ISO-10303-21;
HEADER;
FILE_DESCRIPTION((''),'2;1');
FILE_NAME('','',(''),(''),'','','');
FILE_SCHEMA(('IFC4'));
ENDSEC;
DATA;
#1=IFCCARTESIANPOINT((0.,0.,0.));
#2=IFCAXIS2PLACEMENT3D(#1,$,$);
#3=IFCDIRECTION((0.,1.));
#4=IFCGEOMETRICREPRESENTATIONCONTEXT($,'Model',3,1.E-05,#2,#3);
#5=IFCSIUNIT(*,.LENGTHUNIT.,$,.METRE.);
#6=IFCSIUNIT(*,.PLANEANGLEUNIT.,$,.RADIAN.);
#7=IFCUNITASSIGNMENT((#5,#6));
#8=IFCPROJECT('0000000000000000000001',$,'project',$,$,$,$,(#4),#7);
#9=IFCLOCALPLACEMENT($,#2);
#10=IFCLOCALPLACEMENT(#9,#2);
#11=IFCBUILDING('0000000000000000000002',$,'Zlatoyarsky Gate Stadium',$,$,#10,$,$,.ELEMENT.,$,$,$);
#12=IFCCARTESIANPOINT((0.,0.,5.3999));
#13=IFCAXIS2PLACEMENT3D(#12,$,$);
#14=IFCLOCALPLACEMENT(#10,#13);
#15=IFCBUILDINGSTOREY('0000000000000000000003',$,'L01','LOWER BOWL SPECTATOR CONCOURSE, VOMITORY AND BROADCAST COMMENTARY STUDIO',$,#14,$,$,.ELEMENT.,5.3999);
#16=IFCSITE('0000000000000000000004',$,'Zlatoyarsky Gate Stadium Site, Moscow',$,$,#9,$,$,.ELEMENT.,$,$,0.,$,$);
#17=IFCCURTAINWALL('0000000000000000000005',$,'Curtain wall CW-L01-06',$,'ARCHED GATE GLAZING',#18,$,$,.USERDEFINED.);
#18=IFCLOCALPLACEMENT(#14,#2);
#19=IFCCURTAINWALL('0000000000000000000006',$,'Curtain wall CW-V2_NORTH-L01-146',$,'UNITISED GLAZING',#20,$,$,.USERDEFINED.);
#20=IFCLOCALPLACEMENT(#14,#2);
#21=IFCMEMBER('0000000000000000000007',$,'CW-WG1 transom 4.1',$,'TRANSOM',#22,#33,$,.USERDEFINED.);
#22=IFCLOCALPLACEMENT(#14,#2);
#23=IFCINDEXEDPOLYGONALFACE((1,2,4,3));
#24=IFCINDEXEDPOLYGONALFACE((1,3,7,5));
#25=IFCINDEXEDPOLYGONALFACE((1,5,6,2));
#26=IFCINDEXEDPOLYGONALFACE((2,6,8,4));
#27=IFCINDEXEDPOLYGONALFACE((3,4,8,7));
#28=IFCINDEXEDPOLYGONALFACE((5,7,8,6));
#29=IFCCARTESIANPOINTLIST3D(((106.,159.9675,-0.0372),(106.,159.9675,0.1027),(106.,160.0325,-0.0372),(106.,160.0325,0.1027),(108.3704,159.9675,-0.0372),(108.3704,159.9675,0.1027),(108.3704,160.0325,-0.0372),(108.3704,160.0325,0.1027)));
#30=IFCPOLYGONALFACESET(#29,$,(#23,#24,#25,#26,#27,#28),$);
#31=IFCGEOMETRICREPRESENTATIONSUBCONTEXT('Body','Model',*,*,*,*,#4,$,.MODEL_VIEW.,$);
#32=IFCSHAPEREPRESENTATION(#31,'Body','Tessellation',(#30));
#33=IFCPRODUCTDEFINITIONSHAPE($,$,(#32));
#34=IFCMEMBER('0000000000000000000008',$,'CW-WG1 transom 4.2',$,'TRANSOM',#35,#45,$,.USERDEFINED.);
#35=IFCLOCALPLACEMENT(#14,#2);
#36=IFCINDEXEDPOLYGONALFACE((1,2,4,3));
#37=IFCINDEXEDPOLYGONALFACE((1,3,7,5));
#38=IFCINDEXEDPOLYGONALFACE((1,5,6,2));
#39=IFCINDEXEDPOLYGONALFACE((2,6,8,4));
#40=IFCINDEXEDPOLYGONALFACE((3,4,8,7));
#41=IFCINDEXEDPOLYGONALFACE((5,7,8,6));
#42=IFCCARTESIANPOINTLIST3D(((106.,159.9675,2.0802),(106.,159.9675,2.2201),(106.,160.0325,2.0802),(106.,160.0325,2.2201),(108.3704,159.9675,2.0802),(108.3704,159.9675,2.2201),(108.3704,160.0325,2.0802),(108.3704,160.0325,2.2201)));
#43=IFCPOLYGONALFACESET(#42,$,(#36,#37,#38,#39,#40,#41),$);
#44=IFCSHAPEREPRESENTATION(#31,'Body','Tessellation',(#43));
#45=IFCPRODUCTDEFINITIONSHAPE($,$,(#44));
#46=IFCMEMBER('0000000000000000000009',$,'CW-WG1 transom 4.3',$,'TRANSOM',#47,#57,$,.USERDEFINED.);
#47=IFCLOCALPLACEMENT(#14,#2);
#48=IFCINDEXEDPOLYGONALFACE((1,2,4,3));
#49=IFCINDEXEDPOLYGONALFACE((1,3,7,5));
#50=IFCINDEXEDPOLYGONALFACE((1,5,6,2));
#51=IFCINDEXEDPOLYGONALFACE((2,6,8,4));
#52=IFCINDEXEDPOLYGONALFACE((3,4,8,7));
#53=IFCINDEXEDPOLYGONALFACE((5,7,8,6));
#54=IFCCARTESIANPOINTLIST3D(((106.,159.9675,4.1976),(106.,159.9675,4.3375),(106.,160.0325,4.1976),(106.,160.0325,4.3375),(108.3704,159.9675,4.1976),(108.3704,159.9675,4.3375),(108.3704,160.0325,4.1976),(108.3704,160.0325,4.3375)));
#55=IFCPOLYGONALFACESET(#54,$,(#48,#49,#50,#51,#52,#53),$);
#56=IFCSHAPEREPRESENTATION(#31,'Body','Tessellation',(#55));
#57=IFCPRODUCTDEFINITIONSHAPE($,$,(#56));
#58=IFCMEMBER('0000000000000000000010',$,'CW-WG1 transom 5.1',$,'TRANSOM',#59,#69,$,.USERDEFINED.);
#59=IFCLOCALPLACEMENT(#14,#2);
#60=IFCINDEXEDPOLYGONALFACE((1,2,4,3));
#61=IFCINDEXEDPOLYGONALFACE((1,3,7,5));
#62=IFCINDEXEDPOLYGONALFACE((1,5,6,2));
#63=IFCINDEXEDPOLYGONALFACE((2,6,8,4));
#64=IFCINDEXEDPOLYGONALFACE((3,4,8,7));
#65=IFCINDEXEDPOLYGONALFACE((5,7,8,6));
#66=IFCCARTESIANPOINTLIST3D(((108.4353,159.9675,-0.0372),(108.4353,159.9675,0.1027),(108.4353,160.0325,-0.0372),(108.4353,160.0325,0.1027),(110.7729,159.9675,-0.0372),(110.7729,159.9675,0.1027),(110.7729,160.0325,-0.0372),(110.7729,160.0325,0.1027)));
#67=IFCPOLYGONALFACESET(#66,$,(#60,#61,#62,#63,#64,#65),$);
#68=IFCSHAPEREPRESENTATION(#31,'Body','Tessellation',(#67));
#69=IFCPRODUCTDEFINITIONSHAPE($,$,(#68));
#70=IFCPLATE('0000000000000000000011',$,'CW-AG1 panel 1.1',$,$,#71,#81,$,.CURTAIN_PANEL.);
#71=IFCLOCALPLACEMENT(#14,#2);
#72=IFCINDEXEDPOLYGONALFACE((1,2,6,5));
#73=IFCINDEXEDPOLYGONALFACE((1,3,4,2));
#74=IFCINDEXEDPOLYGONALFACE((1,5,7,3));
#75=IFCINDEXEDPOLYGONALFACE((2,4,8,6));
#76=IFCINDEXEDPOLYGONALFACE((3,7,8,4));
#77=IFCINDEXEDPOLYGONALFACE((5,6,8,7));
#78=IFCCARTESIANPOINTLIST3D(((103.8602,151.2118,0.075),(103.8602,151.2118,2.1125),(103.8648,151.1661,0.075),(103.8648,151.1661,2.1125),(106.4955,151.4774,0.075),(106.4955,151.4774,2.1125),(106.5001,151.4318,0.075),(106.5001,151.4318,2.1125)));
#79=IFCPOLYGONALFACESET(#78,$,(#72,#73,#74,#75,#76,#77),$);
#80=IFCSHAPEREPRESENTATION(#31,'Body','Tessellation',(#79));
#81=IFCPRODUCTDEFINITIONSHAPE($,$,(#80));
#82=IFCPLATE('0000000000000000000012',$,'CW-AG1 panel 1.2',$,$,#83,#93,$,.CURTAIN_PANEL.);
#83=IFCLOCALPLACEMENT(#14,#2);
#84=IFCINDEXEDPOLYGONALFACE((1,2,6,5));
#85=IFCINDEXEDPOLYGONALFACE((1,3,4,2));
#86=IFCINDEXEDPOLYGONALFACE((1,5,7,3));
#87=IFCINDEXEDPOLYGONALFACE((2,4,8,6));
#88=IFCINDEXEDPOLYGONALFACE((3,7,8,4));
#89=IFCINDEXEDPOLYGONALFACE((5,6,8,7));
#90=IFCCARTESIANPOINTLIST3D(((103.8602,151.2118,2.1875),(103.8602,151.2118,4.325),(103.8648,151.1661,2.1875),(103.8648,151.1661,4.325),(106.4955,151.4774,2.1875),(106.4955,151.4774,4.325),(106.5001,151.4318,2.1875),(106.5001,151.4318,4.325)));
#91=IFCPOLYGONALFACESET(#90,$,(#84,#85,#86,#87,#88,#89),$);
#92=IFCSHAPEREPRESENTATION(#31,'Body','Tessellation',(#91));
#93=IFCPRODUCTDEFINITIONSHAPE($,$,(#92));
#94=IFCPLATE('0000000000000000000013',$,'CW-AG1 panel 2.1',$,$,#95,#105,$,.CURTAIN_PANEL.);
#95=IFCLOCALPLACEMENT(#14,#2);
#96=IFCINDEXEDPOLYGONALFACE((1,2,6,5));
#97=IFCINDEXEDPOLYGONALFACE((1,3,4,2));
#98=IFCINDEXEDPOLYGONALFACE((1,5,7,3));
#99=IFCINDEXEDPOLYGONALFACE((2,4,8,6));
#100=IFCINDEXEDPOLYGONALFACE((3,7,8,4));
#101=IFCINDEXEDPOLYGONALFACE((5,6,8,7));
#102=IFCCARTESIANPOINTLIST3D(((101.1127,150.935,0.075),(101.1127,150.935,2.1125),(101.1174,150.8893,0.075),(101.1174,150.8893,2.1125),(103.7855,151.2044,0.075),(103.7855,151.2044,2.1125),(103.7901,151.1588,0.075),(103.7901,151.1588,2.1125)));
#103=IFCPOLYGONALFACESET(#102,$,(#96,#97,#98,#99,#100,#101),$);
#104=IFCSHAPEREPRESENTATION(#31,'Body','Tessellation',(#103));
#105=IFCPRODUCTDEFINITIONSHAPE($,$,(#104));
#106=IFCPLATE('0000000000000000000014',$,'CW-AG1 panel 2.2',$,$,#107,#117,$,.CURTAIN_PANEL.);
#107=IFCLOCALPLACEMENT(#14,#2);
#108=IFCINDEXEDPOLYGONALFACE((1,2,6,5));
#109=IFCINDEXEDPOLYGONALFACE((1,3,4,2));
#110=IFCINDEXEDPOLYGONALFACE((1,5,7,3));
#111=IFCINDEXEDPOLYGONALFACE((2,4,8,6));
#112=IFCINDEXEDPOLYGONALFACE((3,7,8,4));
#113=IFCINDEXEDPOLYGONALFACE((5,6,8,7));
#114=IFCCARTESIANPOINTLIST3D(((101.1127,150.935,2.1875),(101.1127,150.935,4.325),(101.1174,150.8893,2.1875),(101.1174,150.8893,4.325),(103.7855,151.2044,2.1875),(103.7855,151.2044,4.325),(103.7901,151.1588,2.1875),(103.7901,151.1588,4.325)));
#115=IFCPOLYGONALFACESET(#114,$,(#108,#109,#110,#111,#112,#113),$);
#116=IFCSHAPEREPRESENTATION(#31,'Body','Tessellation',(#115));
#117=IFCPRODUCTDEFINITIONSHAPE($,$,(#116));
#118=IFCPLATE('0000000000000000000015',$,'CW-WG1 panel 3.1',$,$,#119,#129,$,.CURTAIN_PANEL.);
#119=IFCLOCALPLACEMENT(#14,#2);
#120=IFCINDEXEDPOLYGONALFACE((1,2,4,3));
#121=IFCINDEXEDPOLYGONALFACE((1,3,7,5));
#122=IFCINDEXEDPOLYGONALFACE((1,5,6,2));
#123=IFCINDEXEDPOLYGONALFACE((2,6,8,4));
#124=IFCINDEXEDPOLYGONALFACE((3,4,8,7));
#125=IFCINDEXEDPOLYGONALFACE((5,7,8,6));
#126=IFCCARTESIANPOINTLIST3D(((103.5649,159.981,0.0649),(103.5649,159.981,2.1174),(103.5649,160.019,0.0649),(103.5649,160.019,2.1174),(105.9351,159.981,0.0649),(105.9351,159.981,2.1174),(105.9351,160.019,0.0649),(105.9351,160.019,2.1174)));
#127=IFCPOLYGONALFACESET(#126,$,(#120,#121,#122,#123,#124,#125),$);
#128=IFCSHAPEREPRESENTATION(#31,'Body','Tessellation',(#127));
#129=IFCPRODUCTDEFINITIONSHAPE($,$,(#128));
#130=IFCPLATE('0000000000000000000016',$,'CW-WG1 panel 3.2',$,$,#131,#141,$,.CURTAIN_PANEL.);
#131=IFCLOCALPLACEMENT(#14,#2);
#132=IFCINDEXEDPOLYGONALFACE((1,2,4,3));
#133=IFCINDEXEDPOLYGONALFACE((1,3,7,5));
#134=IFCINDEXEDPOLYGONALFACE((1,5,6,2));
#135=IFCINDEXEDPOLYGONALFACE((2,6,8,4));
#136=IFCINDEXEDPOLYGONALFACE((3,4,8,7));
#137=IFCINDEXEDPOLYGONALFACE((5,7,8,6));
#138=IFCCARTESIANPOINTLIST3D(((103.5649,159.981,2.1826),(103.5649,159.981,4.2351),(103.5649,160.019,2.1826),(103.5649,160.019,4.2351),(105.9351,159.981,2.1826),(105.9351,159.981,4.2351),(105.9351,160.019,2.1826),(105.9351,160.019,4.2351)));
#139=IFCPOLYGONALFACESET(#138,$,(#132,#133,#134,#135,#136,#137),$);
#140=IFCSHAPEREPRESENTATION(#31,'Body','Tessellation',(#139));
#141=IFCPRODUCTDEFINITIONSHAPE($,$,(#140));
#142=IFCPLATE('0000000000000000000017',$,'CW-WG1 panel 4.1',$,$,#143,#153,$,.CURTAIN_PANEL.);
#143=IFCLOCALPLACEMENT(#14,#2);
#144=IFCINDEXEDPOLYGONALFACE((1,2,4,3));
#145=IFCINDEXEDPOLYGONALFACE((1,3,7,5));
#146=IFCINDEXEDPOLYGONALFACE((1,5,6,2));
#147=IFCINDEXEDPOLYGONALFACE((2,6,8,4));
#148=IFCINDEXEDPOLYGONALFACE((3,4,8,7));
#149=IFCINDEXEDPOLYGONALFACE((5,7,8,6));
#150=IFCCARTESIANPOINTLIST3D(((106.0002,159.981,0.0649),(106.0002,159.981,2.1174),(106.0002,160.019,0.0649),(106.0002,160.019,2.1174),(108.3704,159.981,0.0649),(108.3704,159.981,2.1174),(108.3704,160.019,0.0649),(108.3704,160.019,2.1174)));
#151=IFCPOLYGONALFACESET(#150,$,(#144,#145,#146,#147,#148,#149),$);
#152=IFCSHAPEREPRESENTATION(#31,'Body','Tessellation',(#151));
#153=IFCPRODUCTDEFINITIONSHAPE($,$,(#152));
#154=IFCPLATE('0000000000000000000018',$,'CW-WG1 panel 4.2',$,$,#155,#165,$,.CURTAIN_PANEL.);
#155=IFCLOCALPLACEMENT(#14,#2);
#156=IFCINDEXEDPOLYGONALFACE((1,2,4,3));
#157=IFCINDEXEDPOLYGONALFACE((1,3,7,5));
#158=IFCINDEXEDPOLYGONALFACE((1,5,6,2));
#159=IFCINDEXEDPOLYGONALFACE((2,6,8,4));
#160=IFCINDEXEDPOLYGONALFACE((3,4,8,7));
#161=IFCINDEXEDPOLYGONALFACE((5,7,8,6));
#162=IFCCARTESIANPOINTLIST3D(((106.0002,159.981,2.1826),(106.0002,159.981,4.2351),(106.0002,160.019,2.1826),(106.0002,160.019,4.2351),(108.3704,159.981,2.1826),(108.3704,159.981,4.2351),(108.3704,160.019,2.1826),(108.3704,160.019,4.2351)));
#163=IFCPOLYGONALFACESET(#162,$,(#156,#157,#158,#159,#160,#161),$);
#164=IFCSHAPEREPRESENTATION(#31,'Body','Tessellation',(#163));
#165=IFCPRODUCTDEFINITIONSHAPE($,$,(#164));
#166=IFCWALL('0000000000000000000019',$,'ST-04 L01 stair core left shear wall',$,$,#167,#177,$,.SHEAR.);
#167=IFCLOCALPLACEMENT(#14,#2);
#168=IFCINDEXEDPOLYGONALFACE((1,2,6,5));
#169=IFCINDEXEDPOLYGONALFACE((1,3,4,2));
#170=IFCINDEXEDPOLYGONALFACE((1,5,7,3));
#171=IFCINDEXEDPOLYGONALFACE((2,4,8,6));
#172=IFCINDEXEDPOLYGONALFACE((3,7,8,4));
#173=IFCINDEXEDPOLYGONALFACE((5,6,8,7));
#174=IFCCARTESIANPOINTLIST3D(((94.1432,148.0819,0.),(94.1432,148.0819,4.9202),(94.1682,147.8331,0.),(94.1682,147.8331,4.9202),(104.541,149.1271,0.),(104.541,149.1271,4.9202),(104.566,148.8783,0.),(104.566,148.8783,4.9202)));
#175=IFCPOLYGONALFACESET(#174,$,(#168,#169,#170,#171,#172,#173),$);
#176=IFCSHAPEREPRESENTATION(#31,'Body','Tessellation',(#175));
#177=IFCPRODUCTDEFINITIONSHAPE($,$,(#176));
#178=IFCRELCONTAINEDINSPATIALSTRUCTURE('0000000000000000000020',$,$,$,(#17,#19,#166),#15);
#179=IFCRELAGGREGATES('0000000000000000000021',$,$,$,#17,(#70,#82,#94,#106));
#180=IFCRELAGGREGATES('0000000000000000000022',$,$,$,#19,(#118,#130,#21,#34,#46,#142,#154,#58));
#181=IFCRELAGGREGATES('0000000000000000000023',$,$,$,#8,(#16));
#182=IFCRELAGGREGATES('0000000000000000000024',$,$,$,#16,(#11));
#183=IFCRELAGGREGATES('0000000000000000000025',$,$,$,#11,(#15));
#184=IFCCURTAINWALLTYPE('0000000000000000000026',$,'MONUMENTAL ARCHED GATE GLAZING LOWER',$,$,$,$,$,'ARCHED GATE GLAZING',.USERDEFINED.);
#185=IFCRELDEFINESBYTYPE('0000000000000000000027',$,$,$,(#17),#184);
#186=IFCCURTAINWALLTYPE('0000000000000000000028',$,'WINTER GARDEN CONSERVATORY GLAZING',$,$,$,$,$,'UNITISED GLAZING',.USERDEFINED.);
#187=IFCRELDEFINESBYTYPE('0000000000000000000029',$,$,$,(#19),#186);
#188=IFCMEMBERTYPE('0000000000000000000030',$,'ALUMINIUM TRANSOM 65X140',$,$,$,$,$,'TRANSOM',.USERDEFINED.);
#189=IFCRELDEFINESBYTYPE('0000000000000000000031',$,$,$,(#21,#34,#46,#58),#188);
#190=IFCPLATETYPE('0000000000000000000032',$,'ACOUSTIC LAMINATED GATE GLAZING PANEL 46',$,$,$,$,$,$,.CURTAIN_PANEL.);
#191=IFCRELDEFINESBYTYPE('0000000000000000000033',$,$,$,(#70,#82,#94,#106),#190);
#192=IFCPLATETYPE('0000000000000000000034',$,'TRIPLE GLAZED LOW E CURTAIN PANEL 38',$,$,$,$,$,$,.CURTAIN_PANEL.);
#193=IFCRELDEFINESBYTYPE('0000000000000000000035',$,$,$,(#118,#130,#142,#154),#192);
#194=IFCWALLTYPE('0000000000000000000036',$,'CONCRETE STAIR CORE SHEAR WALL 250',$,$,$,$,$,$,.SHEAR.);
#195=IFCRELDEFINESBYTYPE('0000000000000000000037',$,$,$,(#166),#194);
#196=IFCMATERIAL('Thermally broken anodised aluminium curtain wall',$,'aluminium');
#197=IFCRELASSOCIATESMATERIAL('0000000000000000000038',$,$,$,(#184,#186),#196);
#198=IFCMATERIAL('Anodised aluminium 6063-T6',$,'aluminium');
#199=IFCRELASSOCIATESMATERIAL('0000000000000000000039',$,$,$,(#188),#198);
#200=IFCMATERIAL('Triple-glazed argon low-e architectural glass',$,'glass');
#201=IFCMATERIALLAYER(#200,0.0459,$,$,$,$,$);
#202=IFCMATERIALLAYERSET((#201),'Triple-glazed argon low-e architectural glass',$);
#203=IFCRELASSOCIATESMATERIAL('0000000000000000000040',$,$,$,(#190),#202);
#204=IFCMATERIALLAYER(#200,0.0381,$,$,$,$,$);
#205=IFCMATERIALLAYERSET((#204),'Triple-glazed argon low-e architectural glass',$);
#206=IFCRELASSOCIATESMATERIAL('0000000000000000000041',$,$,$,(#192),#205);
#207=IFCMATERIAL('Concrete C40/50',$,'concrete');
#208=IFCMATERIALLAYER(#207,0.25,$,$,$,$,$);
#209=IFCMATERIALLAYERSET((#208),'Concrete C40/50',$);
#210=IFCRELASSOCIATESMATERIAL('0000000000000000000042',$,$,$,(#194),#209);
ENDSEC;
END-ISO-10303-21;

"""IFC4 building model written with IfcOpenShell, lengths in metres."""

from ifc_helpers import new_model, si_unit, direction, frame, frame_2d, origin, origin_2d, place, context, subcontext, project, spatial, rectangle, extrude, material, layer, layer_set, material_profile, profile_set, type_object, element, aggregate, save


model = new_model("IFC4")

# Units and contexts
model_context = context("Model", 3, precision=1e-05, world=origin(), true_north=direction((0.0, 1.0)))
body_context = subcontext(model_context, "Body", "Model", "MODEL_VIEW")
ifc_project = project(units=[si_unit("LENGTHUNIT", "METRE"), si_unit("PLANEANGLEUNIT", "RADIAN")], contexts=[model_context])

# Site, building, storey
site_placement = place(None, origin())
site = spatial("IfcSite", under=ifc_project, at=site_placement, Name="Zlatoyarsky Gate Stadium Site, Moscow", CompositionType="ELEMENT", RefElevation=0.0)
building_placement = place(site_placement, origin())
building = spatial("IfcBuilding", under=site, at=building_placement, Name="Zlatoyarsky Gate Stadium", CompositionType="ELEMENT")
storey_placement = place(building_placement, frame((0.0, 0.0, 5.3999)))
storey = spatial("IfcBuildingStorey", under=building, at=storey_placement, Name="L01", Description="LOWER BOWL SPECTATOR CONCOURSE, VOMITORY AND BROADCAST COMMENTARY STUDIO", CompositionType="ELEMENT", Elevation=5.3999)

# Curtain walls, members
ifc_material_1 = material(Name="Thermally broken anodised aluminium curtain wall", Category="aluminium")
curtain_wall_type_1 = type_object("IfcCurtainWallType", Name="MONUMENTAL ARCHED GATE GLAZING LOWER", ElementType="ARCHED GATE GLAZING", PredefinedType="USERDEFINED", material=ifc_material_1)
curtain_wall_1_placement = place(storey_placement, origin())
curtain_wall_1 = element("IfcCurtainWall", 1, at=curtain_wall_1_placement, inside=storey, type_object=curtain_wall_type_1, Name="Curtain wall CW-L01-06", ObjectType="ARCHED GATE GLAZING", PredefinedType="USERDEFINED")
ifc_material_2 = material(Name="Anodised aluminium 6063-T6", Category="aluminium")
curtain_wall_type_2 = type_object("IfcCurtainWallType", Name="WINTER GARDEN CONSERVATORY GLAZING", ElementType="UNITISED GLAZING", PredefinedType="USERDEFINED", material=ifc_material_1)
curtain_wall_2_placement = place(storey_placement, origin())
curtain_wall_2 = element("IfcCurtainWall", 2, at=curtain_wall_2_placement, inside=storey, type_object=curtain_wall_type_2, Name="Curtain wall CW-V2_NORTH-L01-146", ObjectType="UNITISED GLAZING", PredefinedType="USERDEFINED")
ifc_material_profile_1 = material_profile(ifc_material_2, rectangle(XDim=0.0649, YDim=0.1399, at=origin_2d()), Name="ALU 65X140")
ifc_profile_set_1 = profile_set([ifc_material_profile_1], Name="Anodised aluminium 6063-T6")
member_type_1 = type_object("IfcMemberType", Name="ALUMINIUM TRANSOM 65X140", ElementType="TRANSOM", PredefinedType="USERDEFINED", material=ifc_profile_set_1)
member_1_placement = place(storey_placement, frame((106.0, 160.0, 0.0327), z_axis=(1.0, 0.0, 0.0), x_axis=(0.0, 1.0, 0.0)))
member_1 = element("IfcMember", 3, at=member_1_placement, type_object=member_type_1, Name="CW-WG1 transom 4.1", ObjectType="TRANSOM", PredefinedType="USERDEFINED", context=body_context, shape_type="SweptSolid", body=[
    extrude(rectangle(XDim=0.0649, YDim=0.1399, at=origin_2d()), origin(), (0.0, 0.0, 1.0), 2.3704),
])
member_2_placement = place(storey_placement, frame((106.0, 160.0, 2.1501), z_axis=(1.0, 0.0, 0.0), x_axis=(0.0, 1.0, 0.0)))
member_2 = element("IfcMember", 4, at=member_2_placement, type_object=member_type_1, Name="CW-WG1 transom 4.2", ObjectType="TRANSOM", PredefinedType="USERDEFINED", context=body_context, shape_type="SweptSolid", body=[
    extrude(rectangle(XDim=0.0649, YDim=0.1399, at=origin_2d()), origin(), (0.0, 0.0, 1.0), 2.3704),
])
member_3_placement = place(storey_placement, frame((106.0, 160.0, 4.2676), z_axis=(1.0, 0.0, 0.0), x_axis=(0.0, 1.0, 0.0)))
member_3 = element("IfcMember", 5, at=member_3_placement, type_object=member_type_1, Name="CW-WG1 transom 4.3", ObjectType="TRANSOM", PredefinedType="USERDEFINED", context=body_context, shape_type="SweptSolid", body=[
    extrude(rectangle(XDim=0.0649, YDim=0.1399, at=origin_2d()), origin(), (0.0, 0.0, 1.0), 2.3704),
])
member_4_placement = place(storey_placement, frame((108.4353, 160.0, 0.0327), z_axis=(1.0, 0.0, 0.0), x_axis=(0.0, 1.0, 0.0)))
member_4 = element("IfcMember", 6, at=member_4_placement, type_object=member_type_1, Name="CW-WG1 transom 5.1", ObjectType="TRANSOM", PredefinedType="USERDEFINED", context=body_context, shape_type="SweptSolid", body=[
    extrude(rectangle(XDim=0.0649, YDim=0.1399, at=origin_2d()), origin(), (0.0, 0.0, 1.0), 2.3376),
])

# Plates
ifc_material_3 = material(Name="Triple-glazed argon low-e architectural glass", Category="glass")
ifc_layer_1 = layer(ifc_material_3, 0.0459)
ifc_layer_set_1 = layer_set([ifc_layer_1], Name="Triple-glazed argon low-e architectural glass")
plate_type_1 = type_object("IfcPlateType", Name="ACOUSTIC LAMINATED GATE GLAZING PANEL 46", PredefinedType="CURTAIN_PANEL", material=ifc_layer_set_1)
plate_1_placement = place(storey_placement, frame((105.1802, 151.3218, 0.075), z_axis=(0.0, 0.0, 1.0), x_axis=(-0.994957, -0.100303, 0.0)))
plate_1 = element("IfcPlate", 7, at=plate_1_placement, type_object=plate_type_1, Name="CW-AG1 panel 1.1", PredefinedType="CURTAIN_PANEL", context=body_context, shape_type="SweptSolid", body=[
    extrude(rectangle(XDim=2.6487, YDim=0.0459, at=origin_2d()), origin(), (0.0, 0.0, 1.0), 2.0376),
])
plate_2_placement = place(storey_placement, frame((105.1802, 151.3218, 2.1875), z_axis=(0.0, 0.0, 1.0), x_axis=(-0.994957, -0.100303, 0.0)))
plate_2 = element("IfcPlate", 8, at=plate_2_placement, type_object=plate_type_1, Name="CW-AG1 panel 1.2", PredefinedType="CURTAIN_PANEL", context=body_context, shape_type="SweptSolid", body=[
    extrude(rectangle(XDim=2.6487, YDim=0.0459, at=origin_2d()), origin(), (0.0, 0.0, 1.0), 2.1375),
])
plate_3_placement = place(storey_placement, frame((102.4514, 151.0469, 0.075), z_axis=(0.0, 0.0, 1.0), x_axis=(-0.994957, -0.100303, 0.0)))
plate_3 = element("IfcPlate", 9, at=plate_3_placement, type_object=plate_type_1, Name="CW-AG1 panel 2.1", PredefinedType="CURTAIN_PANEL", context=body_context, shape_type="SweptSolid", body=[
    extrude(rectangle(XDim=2.6863, YDim=0.0459, at=origin_2d()), origin(), (0.0, 0.0, 1.0), 2.0376),
])
plate_4_placement = place(storey_placement, frame((102.4514, 151.0469, 2.1875), z_axis=(0.0, 0.0, 1.0), x_axis=(-0.994957, -0.100303, 0.0)))
plate_4 = element("IfcPlate", 10, at=plate_4_placement, type_object=plate_type_1, Name="CW-AG1 panel 2.2", PredefinedType="CURTAIN_PANEL", context=body_context, shape_type="SweptSolid", body=[
    extrude(rectangle(XDim=2.6863, YDim=0.0459, at=origin_2d()), origin(), (0.0, 0.0, 1.0), 2.1375),
])
aggregate(curtain_wall_1, [plate_1, plate_2, plate_3, plate_4])
ifc_layer_2 = layer(ifc_material_3, 0.0381)
ifc_layer_set_2 = layer_set([ifc_layer_2], Name="Triple-glazed argon low-e architectural glass")
plate_type_2 = type_object("IfcPlateType", Name="TRIPLE GLAZED LOW E CURTAIN PANEL 38", PredefinedType="CURTAIN_PANEL", material=ifc_layer_set_2)
plate_5_placement = place(storey_placement, frame((104.75, 160.0, 0.0649), z_axis=(0.0, 0.0, 1.0), x_axis=(1.0, 0.0, 0.0)))
plate_5 = element("IfcPlate", 11, at=plate_5_placement, type_object=plate_type_2, Name="CW-WG1 panel 3.1", PredefinedType="CURTAIN_PANEL", context=body_context, shape_type="SweptSolid", body=[
    extrude(rectangle(XDim=2.3701, YDim=0.0381, at=origin_2d()), origin(), (0.0, 0.0, 1.0), 2.0525),
])
plate_6_placement = place(storey_placement, frame((104.75, 160.0, 2.1826), z_axis=(0.0, 0.0, 1.0), x_axis=(1.0, 0.0, 0.0)))
plate_6 = element("IfcPlate", 12, at=plate_6_placement, type_object=plate_type_2, Name="CW-WG1 panel 3.2", PredefinedType="CURTAIN_PANEL", context=body_context, shape_type="SweptSolid", body=[
    extrude(rectangle(XDim=2.3701, YDim=0.0381, at=origin_2d()), origin(), (0.0, 0.0, 1.0), 2.0525),
])
plate_7_placement = place(storey_placement, frame((107.1853, 160.0, 0.0649), z_axis=(0.0, 0.0, 1.0), x_axis=(1.0, 0.0, 0.0)))
plate_7 = element("IfcPlate", 13, at=plate_7_placement, type_object=plate_type_2, Name="CW-WG1 panel 4.1", PredefinedType="CURTAIN_PANEL", context=body_context, shape_type="SweptSolid", body=[
    extrude(rectangle(XDim=2.3701, YDim=0.0381, at=origin_2d()), origin(), (0.0, 0.0, 1.0), 2.0525),
])
plate_8_placement = place(storey_placement, frame((107.1853, 160.0, 2.1826), z_axis=(0.0, 0.0, 1.0), x_axis=(1.0, 0.0, 0.0)))
plate_8 = element("IfcPlate", 14, at=plate_8_placement, type_object=plate_type_2, Name="CW-WG1 panel 4.2", PredefinedType="CURTAIN_PANEL", context=body_context, shape_type="SweptSolid", body=[
    extrude(rectangle(XDim=2.3701, YDim=0.0381, at=origin_2d()), origin(), (0.0, 0.0, 1.0), 2.0525),
])
aggregate(curtain_wall_2, [plate_5, plate_6, member_1, member_2, member_3, plate_7, plate_8, member_4])

# Wall
ifc_material_4 = material(Name="Concrete C40/50", Category="concrete")
ifc_layer_3 = layer(ifc_material_4, 0.25)
ifc_layer_set_3 = layer_set([ifc_layer_3], Name="Concrete C40/50")
wall_type = type_object("IfcWallType", Name="CONCRETE STAIR CORE SHEAR WALL 250", PredefinedType="SHEAR", material=ifc_layer_set_3)
wall_placement = place(storey_placement, frame((104.5535, 149.0027, 0.0), z_axis=(0.0, 0.0, 1.0), x_axis=(-0.994986, -0.100015, 0.0)))
element("IfcWall", 15, at=wall_placement, inside=storey, type_object=wall_type, Name="ST-04 L01 stair core left shear wall", PredefinedType="SHEAR", context=body_context, shape_type="SweptSolid", body=[
    extrude(rectangle(XDim=10.4502, YDim=0.25, at=frame_2d((5.2251, 0.0))), origin(), (0.0, 0.0, 1.0), 4.9202),
])

save(model, "model.ifc")
